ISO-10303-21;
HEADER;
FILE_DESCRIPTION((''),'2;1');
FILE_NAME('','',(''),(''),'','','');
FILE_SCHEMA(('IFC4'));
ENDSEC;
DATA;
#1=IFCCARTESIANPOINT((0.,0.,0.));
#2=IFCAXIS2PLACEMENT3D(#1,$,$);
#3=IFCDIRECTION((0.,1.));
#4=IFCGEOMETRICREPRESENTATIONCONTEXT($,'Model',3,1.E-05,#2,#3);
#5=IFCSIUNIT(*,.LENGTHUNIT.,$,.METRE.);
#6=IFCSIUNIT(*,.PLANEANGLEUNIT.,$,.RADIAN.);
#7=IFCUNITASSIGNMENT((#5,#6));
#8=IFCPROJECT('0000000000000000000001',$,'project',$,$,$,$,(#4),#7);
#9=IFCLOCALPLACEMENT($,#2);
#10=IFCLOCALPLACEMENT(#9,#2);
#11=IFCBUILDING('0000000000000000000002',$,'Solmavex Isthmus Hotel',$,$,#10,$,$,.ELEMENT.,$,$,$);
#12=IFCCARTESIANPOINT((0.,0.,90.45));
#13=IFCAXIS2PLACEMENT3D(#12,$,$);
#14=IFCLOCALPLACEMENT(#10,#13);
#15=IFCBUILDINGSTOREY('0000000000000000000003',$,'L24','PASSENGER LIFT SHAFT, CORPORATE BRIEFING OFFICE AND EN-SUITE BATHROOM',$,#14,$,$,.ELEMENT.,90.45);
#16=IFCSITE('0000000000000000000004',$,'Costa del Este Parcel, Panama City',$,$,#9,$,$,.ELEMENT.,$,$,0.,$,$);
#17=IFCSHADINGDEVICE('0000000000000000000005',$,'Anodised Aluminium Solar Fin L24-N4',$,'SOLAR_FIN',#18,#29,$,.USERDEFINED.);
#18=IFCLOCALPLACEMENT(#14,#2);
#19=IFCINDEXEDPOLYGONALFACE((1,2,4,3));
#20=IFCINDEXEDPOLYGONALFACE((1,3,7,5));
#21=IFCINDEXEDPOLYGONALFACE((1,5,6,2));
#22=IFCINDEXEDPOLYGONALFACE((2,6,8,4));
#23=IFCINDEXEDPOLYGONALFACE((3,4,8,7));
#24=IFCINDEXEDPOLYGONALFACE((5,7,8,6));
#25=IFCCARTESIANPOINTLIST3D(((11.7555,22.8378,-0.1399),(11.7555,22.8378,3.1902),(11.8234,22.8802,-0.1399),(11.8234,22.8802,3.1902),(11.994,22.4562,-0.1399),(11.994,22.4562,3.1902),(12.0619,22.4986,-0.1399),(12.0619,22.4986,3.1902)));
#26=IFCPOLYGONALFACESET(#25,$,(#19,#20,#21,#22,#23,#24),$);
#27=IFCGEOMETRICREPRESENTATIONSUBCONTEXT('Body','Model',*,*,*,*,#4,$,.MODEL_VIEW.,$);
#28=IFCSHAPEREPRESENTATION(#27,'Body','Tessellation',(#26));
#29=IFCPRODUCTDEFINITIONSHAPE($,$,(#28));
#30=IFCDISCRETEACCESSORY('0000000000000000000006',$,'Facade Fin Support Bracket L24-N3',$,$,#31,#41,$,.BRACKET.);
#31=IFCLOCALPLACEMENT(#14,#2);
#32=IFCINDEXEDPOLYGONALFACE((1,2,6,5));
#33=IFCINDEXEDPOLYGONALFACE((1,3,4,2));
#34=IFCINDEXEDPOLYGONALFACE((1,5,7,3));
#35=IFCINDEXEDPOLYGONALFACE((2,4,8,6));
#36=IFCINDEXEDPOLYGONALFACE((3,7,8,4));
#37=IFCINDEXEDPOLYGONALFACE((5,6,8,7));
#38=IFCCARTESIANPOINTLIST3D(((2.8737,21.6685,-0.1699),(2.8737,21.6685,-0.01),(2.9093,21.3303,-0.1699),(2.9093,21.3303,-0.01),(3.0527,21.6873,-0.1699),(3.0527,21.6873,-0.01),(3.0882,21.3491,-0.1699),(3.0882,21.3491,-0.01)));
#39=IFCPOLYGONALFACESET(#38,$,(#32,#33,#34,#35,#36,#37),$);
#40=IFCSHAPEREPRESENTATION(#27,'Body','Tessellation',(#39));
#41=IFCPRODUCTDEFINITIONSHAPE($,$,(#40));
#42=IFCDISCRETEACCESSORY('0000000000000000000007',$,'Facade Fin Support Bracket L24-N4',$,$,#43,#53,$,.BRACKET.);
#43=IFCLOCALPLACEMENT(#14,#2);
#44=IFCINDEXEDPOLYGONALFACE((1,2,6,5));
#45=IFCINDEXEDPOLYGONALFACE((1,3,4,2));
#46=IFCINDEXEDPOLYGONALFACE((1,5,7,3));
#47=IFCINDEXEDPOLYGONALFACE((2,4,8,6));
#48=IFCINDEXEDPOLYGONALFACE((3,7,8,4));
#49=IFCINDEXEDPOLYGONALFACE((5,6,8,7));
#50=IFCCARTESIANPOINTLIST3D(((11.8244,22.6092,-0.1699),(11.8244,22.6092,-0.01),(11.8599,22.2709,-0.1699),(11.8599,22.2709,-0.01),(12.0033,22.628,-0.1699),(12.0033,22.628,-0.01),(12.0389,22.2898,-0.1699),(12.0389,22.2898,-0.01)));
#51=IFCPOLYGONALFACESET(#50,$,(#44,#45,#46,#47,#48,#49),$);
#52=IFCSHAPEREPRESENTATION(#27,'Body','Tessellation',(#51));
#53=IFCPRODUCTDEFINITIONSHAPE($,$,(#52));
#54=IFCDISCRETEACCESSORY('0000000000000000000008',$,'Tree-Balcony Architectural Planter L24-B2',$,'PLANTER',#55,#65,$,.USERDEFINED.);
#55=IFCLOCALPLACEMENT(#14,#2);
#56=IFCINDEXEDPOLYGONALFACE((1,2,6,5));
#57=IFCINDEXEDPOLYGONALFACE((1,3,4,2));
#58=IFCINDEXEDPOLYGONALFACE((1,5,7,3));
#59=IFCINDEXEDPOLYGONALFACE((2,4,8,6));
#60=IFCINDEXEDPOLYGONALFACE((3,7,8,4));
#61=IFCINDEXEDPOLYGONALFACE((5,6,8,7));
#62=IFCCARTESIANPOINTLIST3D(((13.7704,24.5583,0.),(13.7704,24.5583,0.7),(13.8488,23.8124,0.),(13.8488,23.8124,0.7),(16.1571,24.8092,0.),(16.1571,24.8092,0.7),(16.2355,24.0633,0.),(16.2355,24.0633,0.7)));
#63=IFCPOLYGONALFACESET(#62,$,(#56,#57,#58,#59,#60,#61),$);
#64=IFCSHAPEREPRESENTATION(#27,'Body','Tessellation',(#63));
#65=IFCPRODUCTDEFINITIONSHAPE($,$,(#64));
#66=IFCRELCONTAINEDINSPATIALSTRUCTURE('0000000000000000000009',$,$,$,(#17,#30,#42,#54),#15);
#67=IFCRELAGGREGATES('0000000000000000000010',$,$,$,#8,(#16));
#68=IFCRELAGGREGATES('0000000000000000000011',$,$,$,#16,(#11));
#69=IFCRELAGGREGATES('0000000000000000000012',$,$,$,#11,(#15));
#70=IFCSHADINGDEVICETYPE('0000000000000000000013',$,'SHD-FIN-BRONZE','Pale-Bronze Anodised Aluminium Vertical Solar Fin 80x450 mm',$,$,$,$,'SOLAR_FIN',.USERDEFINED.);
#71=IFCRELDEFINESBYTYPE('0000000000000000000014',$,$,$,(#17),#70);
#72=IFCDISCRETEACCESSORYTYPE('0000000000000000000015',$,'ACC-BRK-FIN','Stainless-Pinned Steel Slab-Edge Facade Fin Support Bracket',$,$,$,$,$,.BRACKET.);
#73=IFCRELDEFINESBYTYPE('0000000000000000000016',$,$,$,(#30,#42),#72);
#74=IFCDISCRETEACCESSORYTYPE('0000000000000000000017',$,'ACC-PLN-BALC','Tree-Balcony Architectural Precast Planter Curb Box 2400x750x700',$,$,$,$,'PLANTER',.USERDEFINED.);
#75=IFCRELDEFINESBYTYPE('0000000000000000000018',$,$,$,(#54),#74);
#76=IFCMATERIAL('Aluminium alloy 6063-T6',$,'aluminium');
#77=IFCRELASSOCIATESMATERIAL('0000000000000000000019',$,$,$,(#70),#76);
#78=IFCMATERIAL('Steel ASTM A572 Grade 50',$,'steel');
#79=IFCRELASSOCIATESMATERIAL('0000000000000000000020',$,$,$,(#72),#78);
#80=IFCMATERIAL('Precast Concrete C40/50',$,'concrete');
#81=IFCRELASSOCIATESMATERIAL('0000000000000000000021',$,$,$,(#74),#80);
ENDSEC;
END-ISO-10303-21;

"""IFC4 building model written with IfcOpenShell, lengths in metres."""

from ifc_helpers import new_model, si_unit, direction, frame, origin, origin_2d, place, context, subcontext, project, spatial, rectangle, extrude, material, type_object, element, save


model = new_model("IFC4")

# Units and contexts
model_context = context("Model", 3, precision=1e-05, world=origin(), true_north=direction((0.0, 1.0)))
body_context = subcontext(model_context, "Body", "Model", "MODEL_VIEW")
ifc_project = project(units=[si_unit("LENGTHUNIT", "METRE"), si_unit("PLANEANGLEUNIT", "RADIAN")], contexts=[model_context])

# Site, building, storey
site_placement = place(None, origin())
site = spatial("IfcSite", under=ifc_project, at=site_placement, Name="Costa del Este Parcel, Panama City", CompositionType="ELEMENT", RefElevation=0.0)
building_placement = place(site_placement, origin())
building = spatial("IfcBuilding", under=site, at=building_placement, Name="Solmavex Isthmus Hotel", CompositionType="ELEMENT")
storey_placement = place(building_placement, frame((0.0, 0.0, 90.45)))
storey = spatial("IfcBuildingStorey", under=building, at=storey_placement, Name="L24", Description="PASSENGER LIFT SHAFT, CORPORATE BRIEFING OFFICE AND EN-SUITE BATHROOM", CompositionType="ELEMENT", Elevation=90.45)

# Shared definitions
ifc_material_1 = material(Name="Aluminium alloy 6063-T6", Category="aluminium")

# Shared definitions
ifc_material_2 = material(Name="Precast Concrete C40/50", Category="concrete")

# Shading device
shading_device_type = type_object("IfcShadingDeviceType", Name="SHD-FIN-BRONZE", Description="Pale-Bronze Anodised Aluminium Vertical Solar Fin 80x450 mm", ElementType="SOLAR_FIN", PredefinedType="USERDEFINED", material=ifc_material_1)
for number, where, z_axis, x_axis, name in (
    (1, (11.9087, 22.6682, -0.1399), (0.0, 0.0, 1.0), (-0.529919, 0.848048, 0.0), "Anodised Aluminium Solar Fin L24-N4"),
):
    element("IfcShadingDevice", number, at=place(storey_placement, frame(where, z_axis=z_axis, x_axis=x_axis)), inside=storey, type_object=shading_device_type, Name=name, ObjectType="SOLAR_FIN", PredefinedType="USERDEFINED", context=body_context, shape_type="SweptSolid", body=[
        extrude(rectangle(XDim=0.45, YDim=0.0801, at=origin_2d()), origin(), (0.0, 0.0, 1.0), 3.3301),
    ])

# Discrete accessories
ifc_material_3 = material(Name="Steel ASTM A572 Grade 50", Category="steel")
discrete_accessory_type_1 = type_object("IfcDiscreteAccessoryType", Name="ACC-BRK-FIN", Description="Stainless-Pinned Steel Slab-Edge Facade Fin Support Bracket", PredefinedType="BRACKET", material=ifc_material_3)
for number, where, z_axis, x_axis, name in (
    (2, (2.981, 21.5088, -0.1699), (0.0, 0.0, 1.0), (-0.104528, 0.994522, 0.0), "Facade Fin Support Bracket L24-N3"),
    (3, (11.9316, 22.4495, -0.1699), (0.0, 0.0, 1.0), (-0.104528, 0.994522, 0.0), "Facade Fin Support Bracket L24-N4"),
):
    element("IfcDiscreteAccessory", number, at=place(storey_placement, frame(where, z_axis=z_axis, x_axis=x_axis)), inside=storey, type_object=discrete_accessory_type_1, Name=name, PredefinedType="BRACKET", context=body_context, shape_type="SweptSolid", body=[
        extrude(rectangle(XDim=0.3401, YDim=0.1799, at=origin_2d()), origin(), (0.0, 0.0, 1.0), 0.1599),
    ])
discrete_accessory_type_2 = type_object("IfcDiscreteAccessoryType", Name="ACC-PLN-BALC", Description="Tree-Balcony Architectural Precast Planter Curb Box 2400x750x700", ElementType="PLANTER", PredefinedType="USERDEFINED", material=ifc_material_2)
discrete_accessory_placement = place(storey_placement, frame((15.0029, 24.3108, 0.0), z_axis=(0.0, 0.0, 1.0), x_axis=(0.994522, 0.104528, 0.0)))
element("IfcDiscreteAccessory", 4, at=discrete_accessory_placement, inside=storey, type_object=discrete_accessory_type_2, Name="Tree-Balcony Architectural Planter L24-B2", ObjectType="PLANTER", PredefinedType="USERDEFINED", context=body_context, shape_type="SweptSolid", body=[
    extrude(rectangle(XDim=2.3999, YDim=0.75, at=origin_2d()), origin(), (0.0, 0.0, 1.0), 0.7),
])

save(model, "model.ifc")
